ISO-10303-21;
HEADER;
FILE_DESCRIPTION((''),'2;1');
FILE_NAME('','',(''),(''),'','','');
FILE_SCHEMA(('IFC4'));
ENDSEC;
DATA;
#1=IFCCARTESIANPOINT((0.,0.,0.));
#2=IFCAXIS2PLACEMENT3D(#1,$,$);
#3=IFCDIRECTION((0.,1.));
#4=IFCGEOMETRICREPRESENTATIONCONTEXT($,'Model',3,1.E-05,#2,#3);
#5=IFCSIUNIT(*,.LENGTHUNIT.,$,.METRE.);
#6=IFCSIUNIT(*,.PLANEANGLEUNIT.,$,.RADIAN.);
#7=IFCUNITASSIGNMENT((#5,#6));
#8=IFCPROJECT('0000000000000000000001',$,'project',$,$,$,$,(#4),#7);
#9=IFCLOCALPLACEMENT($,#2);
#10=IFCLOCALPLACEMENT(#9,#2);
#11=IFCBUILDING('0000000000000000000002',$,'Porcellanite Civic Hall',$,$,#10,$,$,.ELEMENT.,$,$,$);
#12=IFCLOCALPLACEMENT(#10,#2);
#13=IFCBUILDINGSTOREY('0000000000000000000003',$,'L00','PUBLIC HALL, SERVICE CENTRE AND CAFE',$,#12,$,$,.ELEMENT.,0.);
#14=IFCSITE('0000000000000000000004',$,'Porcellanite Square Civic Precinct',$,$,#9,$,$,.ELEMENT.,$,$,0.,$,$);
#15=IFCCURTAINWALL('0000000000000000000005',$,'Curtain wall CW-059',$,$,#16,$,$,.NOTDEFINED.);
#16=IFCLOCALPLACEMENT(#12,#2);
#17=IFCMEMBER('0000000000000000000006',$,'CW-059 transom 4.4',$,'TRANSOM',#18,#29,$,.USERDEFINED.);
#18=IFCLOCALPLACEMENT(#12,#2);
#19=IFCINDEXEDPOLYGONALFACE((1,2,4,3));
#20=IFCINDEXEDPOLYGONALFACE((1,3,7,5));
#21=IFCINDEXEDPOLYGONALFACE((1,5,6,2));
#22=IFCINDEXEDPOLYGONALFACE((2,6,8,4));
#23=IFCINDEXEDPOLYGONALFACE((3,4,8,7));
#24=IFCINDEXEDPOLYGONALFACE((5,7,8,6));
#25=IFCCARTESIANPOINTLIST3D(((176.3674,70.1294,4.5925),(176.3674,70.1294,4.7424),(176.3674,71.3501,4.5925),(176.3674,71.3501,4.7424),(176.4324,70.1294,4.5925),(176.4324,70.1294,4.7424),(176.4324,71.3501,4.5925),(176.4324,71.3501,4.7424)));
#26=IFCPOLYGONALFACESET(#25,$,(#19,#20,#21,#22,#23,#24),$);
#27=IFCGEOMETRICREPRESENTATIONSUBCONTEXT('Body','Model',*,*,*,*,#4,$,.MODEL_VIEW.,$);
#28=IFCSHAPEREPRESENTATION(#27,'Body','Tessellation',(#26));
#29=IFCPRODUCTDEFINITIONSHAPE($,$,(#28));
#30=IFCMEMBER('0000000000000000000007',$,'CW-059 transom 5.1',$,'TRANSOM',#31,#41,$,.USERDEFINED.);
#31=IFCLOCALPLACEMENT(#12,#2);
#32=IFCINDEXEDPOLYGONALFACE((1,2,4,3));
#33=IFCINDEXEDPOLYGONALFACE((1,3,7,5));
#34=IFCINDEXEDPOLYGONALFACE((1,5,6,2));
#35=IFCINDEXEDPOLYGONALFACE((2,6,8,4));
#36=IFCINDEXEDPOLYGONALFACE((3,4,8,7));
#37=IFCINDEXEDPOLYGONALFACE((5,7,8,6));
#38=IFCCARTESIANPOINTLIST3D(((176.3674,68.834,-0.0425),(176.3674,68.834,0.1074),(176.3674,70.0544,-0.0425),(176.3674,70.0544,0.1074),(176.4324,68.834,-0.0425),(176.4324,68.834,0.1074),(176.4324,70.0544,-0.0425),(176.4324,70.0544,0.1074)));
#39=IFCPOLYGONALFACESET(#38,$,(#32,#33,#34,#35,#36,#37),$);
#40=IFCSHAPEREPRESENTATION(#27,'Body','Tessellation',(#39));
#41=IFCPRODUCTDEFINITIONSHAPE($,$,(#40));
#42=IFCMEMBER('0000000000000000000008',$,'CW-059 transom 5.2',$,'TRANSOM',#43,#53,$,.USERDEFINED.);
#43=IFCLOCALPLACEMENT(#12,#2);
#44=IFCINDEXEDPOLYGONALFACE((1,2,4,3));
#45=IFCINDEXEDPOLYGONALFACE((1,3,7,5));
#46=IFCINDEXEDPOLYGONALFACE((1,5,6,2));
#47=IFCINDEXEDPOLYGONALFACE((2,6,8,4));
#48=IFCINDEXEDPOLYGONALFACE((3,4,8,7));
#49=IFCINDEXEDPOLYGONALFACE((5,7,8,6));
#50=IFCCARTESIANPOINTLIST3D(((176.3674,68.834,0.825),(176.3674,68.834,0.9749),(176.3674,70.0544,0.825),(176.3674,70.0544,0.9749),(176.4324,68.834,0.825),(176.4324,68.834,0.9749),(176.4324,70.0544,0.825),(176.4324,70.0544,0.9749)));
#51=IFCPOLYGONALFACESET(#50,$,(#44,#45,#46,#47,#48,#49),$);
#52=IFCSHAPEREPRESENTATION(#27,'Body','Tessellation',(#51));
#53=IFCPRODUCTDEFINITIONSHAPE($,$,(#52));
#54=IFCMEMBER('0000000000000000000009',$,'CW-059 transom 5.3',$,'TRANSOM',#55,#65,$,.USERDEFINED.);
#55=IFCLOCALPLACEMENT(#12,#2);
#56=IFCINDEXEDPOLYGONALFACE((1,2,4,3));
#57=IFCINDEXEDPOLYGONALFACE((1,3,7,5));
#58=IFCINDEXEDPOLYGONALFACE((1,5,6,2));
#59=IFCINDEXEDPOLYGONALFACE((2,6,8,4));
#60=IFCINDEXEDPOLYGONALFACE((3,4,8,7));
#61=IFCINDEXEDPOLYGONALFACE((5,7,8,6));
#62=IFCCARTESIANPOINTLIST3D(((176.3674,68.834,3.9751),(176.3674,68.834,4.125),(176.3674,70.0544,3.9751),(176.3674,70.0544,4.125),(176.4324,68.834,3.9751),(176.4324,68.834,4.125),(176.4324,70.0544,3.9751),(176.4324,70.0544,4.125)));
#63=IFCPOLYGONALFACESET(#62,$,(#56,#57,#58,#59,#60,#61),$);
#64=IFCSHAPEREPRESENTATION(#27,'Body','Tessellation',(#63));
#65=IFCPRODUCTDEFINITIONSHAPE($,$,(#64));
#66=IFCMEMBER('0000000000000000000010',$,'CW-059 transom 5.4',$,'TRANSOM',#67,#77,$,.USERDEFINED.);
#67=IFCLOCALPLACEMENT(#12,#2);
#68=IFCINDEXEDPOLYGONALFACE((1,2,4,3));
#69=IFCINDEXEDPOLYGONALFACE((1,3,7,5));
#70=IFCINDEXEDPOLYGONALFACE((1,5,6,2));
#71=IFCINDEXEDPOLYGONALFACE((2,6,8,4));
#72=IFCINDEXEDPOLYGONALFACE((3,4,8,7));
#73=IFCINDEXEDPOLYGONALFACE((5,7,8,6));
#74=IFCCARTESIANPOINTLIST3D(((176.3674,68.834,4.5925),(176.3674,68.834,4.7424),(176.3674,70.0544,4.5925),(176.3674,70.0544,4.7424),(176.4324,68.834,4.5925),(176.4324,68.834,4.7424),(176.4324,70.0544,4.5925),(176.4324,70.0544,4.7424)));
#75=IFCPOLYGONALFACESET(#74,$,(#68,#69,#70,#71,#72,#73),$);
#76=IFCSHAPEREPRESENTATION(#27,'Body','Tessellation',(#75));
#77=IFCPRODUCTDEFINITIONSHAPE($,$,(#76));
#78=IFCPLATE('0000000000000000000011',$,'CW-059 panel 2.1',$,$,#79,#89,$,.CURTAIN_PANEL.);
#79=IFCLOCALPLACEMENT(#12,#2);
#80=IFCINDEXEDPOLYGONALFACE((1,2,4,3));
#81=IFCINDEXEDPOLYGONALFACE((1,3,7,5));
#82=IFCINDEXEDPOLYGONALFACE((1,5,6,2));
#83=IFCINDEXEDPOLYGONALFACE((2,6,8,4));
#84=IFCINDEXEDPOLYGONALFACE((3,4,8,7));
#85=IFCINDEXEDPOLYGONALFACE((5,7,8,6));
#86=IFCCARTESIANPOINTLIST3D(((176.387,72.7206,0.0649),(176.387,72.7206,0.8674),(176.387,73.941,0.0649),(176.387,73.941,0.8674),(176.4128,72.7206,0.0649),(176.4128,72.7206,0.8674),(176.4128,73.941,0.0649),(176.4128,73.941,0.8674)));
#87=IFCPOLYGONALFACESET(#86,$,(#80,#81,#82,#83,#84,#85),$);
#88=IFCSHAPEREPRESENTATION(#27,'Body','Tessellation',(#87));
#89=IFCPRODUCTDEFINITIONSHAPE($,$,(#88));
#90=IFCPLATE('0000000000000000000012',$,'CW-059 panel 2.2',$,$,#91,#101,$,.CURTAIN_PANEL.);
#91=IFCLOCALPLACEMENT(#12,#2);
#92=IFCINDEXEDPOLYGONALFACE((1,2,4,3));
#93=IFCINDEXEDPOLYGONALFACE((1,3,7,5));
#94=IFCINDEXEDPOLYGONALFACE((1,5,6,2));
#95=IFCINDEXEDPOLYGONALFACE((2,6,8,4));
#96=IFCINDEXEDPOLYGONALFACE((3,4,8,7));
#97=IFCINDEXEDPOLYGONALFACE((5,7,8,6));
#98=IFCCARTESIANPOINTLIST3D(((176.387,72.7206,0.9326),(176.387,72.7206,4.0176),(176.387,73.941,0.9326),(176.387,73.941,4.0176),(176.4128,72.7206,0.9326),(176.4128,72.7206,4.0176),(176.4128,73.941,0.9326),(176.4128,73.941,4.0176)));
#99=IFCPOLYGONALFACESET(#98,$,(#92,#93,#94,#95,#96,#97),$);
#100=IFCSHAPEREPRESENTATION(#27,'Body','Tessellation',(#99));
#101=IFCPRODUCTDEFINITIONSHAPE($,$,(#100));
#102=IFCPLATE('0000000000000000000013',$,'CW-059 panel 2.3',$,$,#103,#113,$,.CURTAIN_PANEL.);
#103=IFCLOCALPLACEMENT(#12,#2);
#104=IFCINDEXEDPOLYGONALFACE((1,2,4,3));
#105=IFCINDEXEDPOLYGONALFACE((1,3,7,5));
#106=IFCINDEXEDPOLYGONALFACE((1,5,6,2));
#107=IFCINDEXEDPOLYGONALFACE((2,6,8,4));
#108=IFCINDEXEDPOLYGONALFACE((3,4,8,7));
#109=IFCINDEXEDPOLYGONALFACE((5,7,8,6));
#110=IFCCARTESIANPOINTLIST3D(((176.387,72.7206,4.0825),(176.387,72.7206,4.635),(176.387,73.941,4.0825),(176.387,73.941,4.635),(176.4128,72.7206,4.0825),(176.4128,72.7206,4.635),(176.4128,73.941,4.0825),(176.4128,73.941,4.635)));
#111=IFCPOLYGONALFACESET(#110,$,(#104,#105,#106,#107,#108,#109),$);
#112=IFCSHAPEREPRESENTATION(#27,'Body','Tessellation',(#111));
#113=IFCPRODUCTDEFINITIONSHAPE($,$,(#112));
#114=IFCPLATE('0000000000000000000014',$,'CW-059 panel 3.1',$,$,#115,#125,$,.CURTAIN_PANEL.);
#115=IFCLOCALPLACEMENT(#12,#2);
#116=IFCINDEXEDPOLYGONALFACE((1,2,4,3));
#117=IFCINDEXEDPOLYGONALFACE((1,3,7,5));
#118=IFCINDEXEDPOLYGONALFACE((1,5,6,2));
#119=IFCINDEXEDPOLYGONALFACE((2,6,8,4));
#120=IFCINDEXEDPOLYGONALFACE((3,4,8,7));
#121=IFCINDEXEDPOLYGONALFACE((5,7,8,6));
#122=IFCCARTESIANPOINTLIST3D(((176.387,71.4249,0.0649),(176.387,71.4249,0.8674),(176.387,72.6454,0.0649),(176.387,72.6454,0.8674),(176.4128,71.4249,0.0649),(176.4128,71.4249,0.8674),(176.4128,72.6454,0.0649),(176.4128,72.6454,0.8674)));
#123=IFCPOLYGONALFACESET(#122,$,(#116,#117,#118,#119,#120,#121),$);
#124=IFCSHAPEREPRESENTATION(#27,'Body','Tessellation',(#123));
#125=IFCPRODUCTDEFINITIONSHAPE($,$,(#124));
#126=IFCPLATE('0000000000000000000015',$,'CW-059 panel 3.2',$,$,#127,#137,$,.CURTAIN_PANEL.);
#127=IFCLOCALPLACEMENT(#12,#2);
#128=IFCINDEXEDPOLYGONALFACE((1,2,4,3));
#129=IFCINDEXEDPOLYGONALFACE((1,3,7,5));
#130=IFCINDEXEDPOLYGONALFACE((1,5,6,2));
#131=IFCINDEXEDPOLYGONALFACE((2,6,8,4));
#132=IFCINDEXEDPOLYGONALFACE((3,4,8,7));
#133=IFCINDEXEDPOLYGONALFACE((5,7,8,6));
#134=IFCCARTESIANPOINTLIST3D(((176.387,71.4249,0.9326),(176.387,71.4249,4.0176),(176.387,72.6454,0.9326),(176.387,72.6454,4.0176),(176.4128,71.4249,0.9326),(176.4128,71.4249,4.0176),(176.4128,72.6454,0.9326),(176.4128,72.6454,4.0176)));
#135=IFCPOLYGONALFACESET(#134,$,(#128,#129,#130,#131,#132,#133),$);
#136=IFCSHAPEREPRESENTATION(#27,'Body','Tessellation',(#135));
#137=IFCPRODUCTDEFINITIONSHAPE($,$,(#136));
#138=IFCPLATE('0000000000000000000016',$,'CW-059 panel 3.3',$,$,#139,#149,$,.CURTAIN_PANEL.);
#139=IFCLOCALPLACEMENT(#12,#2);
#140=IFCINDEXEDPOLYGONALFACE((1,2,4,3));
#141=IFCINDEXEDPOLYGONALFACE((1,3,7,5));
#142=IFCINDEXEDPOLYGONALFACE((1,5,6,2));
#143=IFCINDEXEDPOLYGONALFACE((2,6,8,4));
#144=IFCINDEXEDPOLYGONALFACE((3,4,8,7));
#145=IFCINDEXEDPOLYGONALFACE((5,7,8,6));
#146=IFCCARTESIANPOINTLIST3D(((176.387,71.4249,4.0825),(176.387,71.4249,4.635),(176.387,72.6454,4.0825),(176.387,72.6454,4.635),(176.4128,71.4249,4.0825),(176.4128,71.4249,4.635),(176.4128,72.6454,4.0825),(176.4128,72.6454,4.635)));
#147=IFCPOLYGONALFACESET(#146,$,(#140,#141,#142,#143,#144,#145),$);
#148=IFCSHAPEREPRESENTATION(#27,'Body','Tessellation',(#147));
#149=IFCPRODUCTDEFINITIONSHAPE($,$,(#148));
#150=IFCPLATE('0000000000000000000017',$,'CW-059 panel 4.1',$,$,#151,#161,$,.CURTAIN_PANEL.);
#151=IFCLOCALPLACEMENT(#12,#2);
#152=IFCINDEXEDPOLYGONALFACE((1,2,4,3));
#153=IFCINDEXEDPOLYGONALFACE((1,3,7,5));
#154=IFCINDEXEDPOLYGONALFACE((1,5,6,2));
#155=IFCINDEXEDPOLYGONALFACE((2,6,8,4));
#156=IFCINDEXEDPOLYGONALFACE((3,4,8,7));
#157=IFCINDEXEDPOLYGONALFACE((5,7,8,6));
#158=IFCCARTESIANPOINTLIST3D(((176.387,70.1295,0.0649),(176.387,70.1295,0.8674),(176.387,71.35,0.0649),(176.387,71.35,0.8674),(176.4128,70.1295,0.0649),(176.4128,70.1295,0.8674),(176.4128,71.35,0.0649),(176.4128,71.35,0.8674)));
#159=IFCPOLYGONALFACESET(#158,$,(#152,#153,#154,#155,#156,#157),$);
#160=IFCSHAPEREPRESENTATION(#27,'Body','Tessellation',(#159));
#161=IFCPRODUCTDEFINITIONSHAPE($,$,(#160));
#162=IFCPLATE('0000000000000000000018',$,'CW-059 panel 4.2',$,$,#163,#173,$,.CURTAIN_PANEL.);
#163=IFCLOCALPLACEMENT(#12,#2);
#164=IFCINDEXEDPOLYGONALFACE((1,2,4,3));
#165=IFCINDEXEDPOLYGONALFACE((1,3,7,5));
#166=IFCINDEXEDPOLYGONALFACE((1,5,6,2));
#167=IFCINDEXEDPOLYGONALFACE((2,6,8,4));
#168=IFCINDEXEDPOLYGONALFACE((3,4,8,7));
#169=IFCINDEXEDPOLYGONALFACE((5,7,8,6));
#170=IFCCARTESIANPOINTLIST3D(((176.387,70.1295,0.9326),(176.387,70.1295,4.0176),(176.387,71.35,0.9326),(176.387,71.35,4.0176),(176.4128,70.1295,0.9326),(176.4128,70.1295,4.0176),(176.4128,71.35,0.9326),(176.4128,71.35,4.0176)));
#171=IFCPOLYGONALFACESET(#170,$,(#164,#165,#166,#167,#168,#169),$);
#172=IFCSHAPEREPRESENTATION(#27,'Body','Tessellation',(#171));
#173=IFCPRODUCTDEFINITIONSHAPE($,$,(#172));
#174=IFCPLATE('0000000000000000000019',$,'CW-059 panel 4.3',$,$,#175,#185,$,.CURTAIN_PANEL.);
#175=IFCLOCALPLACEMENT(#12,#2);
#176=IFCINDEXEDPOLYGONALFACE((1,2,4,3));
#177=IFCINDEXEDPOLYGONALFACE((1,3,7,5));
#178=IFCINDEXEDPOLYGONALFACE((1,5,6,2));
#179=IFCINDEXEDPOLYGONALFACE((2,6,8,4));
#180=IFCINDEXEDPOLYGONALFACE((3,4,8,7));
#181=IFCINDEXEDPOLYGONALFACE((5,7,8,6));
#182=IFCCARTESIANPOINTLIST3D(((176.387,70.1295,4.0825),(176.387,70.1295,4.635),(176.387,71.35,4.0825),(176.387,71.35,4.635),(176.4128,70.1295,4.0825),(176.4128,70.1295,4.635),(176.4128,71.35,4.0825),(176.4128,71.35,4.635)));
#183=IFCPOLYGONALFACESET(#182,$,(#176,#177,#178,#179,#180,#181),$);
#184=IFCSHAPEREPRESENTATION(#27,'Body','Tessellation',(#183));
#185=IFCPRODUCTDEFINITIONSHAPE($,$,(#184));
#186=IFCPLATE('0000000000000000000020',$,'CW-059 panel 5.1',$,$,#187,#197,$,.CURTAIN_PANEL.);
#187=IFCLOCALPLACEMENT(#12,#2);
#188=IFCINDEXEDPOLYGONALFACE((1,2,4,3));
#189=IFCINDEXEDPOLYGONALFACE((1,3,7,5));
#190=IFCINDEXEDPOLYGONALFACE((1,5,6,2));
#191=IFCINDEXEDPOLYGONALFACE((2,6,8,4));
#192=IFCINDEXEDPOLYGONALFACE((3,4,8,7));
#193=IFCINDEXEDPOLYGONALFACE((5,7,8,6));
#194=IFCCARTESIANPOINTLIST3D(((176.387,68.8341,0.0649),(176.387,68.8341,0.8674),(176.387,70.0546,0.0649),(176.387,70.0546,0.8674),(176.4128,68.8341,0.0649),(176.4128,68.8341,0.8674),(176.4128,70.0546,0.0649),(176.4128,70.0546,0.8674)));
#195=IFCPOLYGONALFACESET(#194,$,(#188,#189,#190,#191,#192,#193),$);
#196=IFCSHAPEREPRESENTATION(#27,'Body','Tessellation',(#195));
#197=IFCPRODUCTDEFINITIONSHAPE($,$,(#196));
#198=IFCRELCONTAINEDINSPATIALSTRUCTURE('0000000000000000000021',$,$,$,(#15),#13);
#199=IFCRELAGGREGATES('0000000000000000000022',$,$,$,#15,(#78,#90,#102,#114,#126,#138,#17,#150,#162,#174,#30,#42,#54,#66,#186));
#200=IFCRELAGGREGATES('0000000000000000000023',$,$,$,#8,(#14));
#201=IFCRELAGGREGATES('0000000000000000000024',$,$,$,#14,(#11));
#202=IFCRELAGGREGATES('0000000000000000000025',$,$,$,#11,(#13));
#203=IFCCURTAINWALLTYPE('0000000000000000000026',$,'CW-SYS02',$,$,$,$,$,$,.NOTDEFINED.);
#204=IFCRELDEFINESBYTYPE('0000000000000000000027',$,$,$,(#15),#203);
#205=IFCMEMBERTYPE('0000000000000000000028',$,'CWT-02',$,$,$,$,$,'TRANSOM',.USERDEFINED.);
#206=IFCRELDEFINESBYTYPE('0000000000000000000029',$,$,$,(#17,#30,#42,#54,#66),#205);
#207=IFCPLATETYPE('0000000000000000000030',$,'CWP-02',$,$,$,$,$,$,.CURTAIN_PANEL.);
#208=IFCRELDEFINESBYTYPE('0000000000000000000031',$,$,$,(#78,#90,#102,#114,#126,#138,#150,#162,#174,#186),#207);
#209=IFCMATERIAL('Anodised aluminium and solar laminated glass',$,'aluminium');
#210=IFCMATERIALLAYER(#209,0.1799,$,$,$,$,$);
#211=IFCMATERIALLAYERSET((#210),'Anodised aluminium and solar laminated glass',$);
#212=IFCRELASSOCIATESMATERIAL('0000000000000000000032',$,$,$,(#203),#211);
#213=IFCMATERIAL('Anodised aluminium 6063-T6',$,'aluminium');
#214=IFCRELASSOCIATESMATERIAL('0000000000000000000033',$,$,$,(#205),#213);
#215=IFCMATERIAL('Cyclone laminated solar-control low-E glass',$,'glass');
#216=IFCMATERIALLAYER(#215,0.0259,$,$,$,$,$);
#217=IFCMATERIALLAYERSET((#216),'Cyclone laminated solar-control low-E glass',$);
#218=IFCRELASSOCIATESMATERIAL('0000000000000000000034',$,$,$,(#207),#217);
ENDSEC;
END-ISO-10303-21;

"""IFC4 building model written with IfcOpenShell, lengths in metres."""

from ifc_helpers import new_model, si_unit, direction, frame, origin, origin_2d, place, context, subcontext, project, spatial, rectangle, extrude, material, layer, layer_set, material_profile, profile_set, type_object, element, aggregate, save


model = new_model("IFC4")

# Units and contexts
model_context = context("Model", 3, precision=1e-05, world=origin(), true_north=direction((0.0, 1.0)))
body_context = subcontext(model_context, "Body", "Model", "MODEL_VIEW")
ifc_project = project(units=[si_unit("LENGTHUNIT", "METRE"), si_unit("PLANEANGLEUNIT", "RADIAN")], contexts=[model_context])

# Site, building, storey
site_placement = place(None, origin())
site = spatial("IfcSite", under=ifc_project, at=site_placement, Name="Porcellanite Square Civic Precinct", CompositionType="ELEMENT", RefElevation=0.0)
building_placement = place(site_placement, origin())
building = spatial("IfcBuilding", under=site, at=building_placement, Name="Porcellanite Civic Hall", CompositionType="ELEMENT")
storey_placement = place(building_placement, origin())
storey = spatial("IfcBuildingStorey", under=building, at=storey_placement, Name="L00", Description="PUBLIC HALL, SERVICE CENTRE AND CAFE", CompositionType="ELEMENT", Elevation=0.0)

# Curtain wall, members, plates
ifc_material_1 = material(Name="Anodised aluminium and solar laminated glass", Category="aluminium")
ifc_layer_1 = layer(ifc_material_1, 0.1799)
ifc_layer_set_1 = layer_set([ifc_layer_1], Name="Anodised aluminium and solar laminated glass")
curtain_wall_type = type_object("IfcCurtainWallType", Name="CW-SYS02", PredefinedType="NOTDEFINED", material=ifc_layer_set_1)
curtain_wall_placement = place(storey_placement, origin())
curtain_wall = element("IfcCurtainWall", 1, at=curtain_wall_placement, inside=storey, type_object=curtain_wall_type, Name="Curtain wall CW-059", PredefinedType="NOTDEFINED")
ifc_material_2 = material(Name="Anodised aluminium 6063-T6", Category="aluminium")
ifc_material_profile_1 = material_profile(ifc_material_2, rectangle(XDim=0.0649, YDim=0.1499, at=origin_2d()), Name="AL-65x150")
ifc_profile_set_1 = profile_set([ifc_material_profile_1], Name="Anodised aluminium 6063-T6")
member_type_1 = type_object("IfcMemberType", Name="CWT-02", ElementType="TRANSOM", PredefinedType="USERDEFINED", material=ifc_profile_set_1)
member_1_placement = place(storey_placement, frame((176.3999, 71.3501, 4.6675), z_axis=(0.0, -1.0, 0.0), x_axis=(1.0, 0.0, 0.0)))
member_1 = element("IfcMember", 2, at=member_1_placement, type_object=member_type_1, Name="CW-059 transom 4.4", ObjectType="TRANSOM", PredefinedType="USERDEFINED", context=body_context, shape_type="SweptSolid", body=[
    extrude(rectangle(XDim=0.0649, YDim=0.1499, at=origin_2d()), origin(), (0.0, 0.0, 1.0), 1.2207),
])
member_2_placement = place(storey_placement, frame((176.3999, 70.0544, 0.0325), z_axis=(0.0, -1.0, 0.0), x_axis=(1.0, 0.0, 0.0)))
member_2 = element("IfcMember", 3, at=member_2_placement, type_object=member_type_1, Name="CW-059 transom 5.1", ObjectType="TRANSOM", PredefinedType="USERDEFINED", context=body_context, shape_type="SweptSolid", body=[
    extrude(rectangle(XDim=0.0649, YDim=0.1499, at=origin_2d()), origin(), (0.0, 0.0, 1.0), 1.2205),
])
member_3_placement = place(storey_placement, frame((176.3999, 70.0544, 0.8999), z_axis=(0.0, -1.0, 0.0), x_axis=(1.0, 0.0, 0.0)))
member_3 = element("IfcMember", 4, at=member_3_placement, type_object=member_type_1, Name="CW-059 transom 5.2", ObjectType="TRANSOM", PredefinedType="USERDEFINED", context=body_context, shape_type="SweptSolid", body=[
    extrude(rectangle(XDim=0.0649, YDim=0.1499, at=origin_2d()), origin(), (0.0, 0.0, 1.0), 1.2205),
])
member_4_placement = place(storey_placement, frame((176.3999, 70.0544, 4.05), z_axis=(0.0, -1.0, 0.0), x_axis=(1.0, 0.0, 0.0)))
member_4 = element("IfcMember", 5, at=member_4_placement, type_object=member_type_1, Name="CW-059 transom 5.3", ObjectType="TRANSOM", PredefinedType="USERDEFINED", context=body_context, shape_type="SweptSolid", body=[
    extrude(rectangle(XDim=0.0649, YDim=0.1499, at=origin_2d()), origin(), (0.0, 0.0, 1.0), 1.2205),
])
member_5_placement = place(storey_placement, frame((176.3999, 70.0544, 4.6675), z_axis=(0.0, -1.0, 0.0), x_axis=(1.0, 0.0, 0.0)))
member_5 = element("IfcMember", 6, at=member_5_placement, type_object=member_type_1, Name="CW-059 transom 5.4", ObjectType="TRANSOM", PredefinedType="USERDEFINED", context=body_context, shape_type="SweptSolid", body=[
    extrude(rectangle(XDim=0.0649, YDim=0.1499, at=origin_2d()), origin(), (0.0, 0.0, 1.0), 1.2205),
])
ifc_material_3 = material(Name="Cyclone laminated solar-control low-E glass", Category="glass")
ifc_layer_2 = layer(ifc_material_3, 0.0259)
ifc_layer_set_2 = layer_set([ifc_layer_2], Name="Cyclone laminated solar-control low-E glass")
plate_type = type_object("IfcPlateType", Name="CWP-02", PredefinedType="CURTAIN_PANEL", material=ifc_layer_set_2)
plate_1_placement = place(storey_placement, frame((176.3999, 73.3308, 0.0649), z_axis=(0.0, 0.0, 1.0), x_axis=(0.0, -1.0, 0.0)))
plate_1 = element("IfcPlate", 7, at=plate_1_placement, type_object=plate_type, Name="CW-059 panel 2.1", PredefinedType="CURTAIN_PANEL", context=body_context, shape_type="SweptSolid", body=[
    extrude(rectangle(XDim=1.2205, YDim=0.0259, at=origin_2d()), origin(), (0.0, 0.0, 1.0), 0.8025),
])
plate_2_placement = place(storey_placement, frame((176.3999, 73.3308, 0.9326), z_axis=(0.0, 0.0, 1.0), x_axis=(0.0, -1.0, 0.0)))
plate_2 = element("IfcPlate", 8, at=plate_2_placement, type_object=plate_type, Name="CW-059 panel 2.2", PredefinedType="CURTAIN_PANEL", context=body_context, shape_type="SweptSolid", body=[
    extrude(rectangle(XDim=1.2205, YDim=0.0259, at=origin_2d()), origin(), (0.0, 0.0, 1.0), 3.085),
])
plate_3_placement = place(storey_placement, frame((176.3999, 73.3308, 4.0825), z_axis=(0.0, 0.0, 1.0), x_axis=(0.0, -1.0, 0.0)))
plate_3 = element("IfcPlate", 9, at=plate_3_placement, type_object=plate_type, Name="CW-059 panel 2.3", PredefinedType="CURTAIN_PANEL", context=body_context, shape_type="SweptSolid", body=[
    extrude(rectangle(XDim=1.2205, YDim=0.0259, at=origin_2d()), origin(), (0.0, 0.0, 1.0), 0.5525),
])
plate_4_placement = place(storey_placement, frame((176.3999, 72.0352, 0.0649), z_axis=(0.0, 0.0, 1.0), x_axis=(0.0, -1.0, 0.0)))
plate_4 = element("IfcPlate", 10, at=plate_4_placement, type_object=plate_type, Name="CW-059 panel 3.1", PredefinedType="CURTAIN_PANEL", context=body_context, shape_type="SweptSolid", body=[
    extrude(rectangle(XDim=1.2205, YDim=0.0259, at=origin_2d()), origin(), (0.0, 0.0, 1.0), 0.8025),
])
plate_5_placement = place(storey_placement, frame((176.3999, 72.0352, 0.9326), z_axis=(0.0, 0.0, 1.0), x_axis=(0.0, -1.0, 0.0)))
plate_5 = element("IfcPlate", 11, at=plate_5_placement, type_object=plate_type, Name="CW-059 panel 3.2", PredefinedType="CURTAIN_PANEL", context=body_context, shape_type="SweptSolid", body=[
    extrude(rectangle(XDim=1.2205, YDim=0.0259, at=origin_2d()), origin(), (0.0, 0.0, 1.0), 3.085),
])
plate_6_placement = place(storey_placement, frame((176.3999, 72.0352, 4.0825), z_axis=(0.0, 0.0, 1.0), x_axis=(0.0, -1.0, 0.0)))
plate_6 = element("IfcPlate", 12, at=plate_6_placement, type_object=plate_type, Name="CW-059 panel 3.3", PredefinedType="CURTAIN_PANEL", context=body_context, shape_type="SweptSolid", body=[
    extrude(rectangle(XDim=1.2205, YDim=0.0259, at=origin_2d()), origin(), (0.0, 0.0, 1.0), 0.5525),
])
plate_7_placement = place(storey_placement, frame((176.3999, 70.7397, 0.0649), z_axis=(0.0, 0.0, 1.0), x_axis=(0.0, -1.0, 0.0)))
plate_7 = element("IfcPlate", 13, at=plate_7_placement, type_object=plate_type, Name="CW-059 panel 4.1", PredefinedType="CURTAIN_PANEL", context=body_context, shape_type="SweptSolid", body=[
    extrude(rectangle(XDim=1.2205, YDim=0.0259, at=origin_2d()), origin(), (0.0, 0.0, 1.0), 0.8025),
])
plate_8_placement = place(storey_placement, frame((176.3999, 70.7397, 0.9326), z_axis=(0.0, 0.0, 1.0), x_axis=(0.0, -1.0, 0.0)))
plate_8 = element("IfcPlate", 14, at=plate_8_placement, type_object=plate_type, Name="CW-059 panel 4.2", PredefinedType="CURTAIN_PANEL", context=body_context, shape_type="SweptSolid", body=[
    extrude(rectangle(XDim=1.2205, YDim=0.0259, at=origin_2d()), origin(), (0.0, 0.0, 1.0), 3.085),
])
plate_9_placement = place(storey_placement, frame((176.3999, 70.7397, 4.0825), z_axis=(0.0, 0.0, 1.0), x_axis=(0.0, -1.0, 0.0)))
plate_9 = element("IfcPlate", 15, at=plate_9_placement, type_object=plate_type, Name="CW-059 panel 4.3", PredefinedType="CURTAIN_PANEL", context=body_context, shape_type="SweptSolid", body=[
    extrude(rectangle(XDim=1.2205, YDim=0.0259, at=origin_2d()), origin(), (0.0, 0.0, 1.0), 0.5525),
])
plate_10_placement = place(storey_placement, frame((176.3999, 69.4443, 0.0649), z_axis=(0.0, 0.0, 1.0), x_axis=(0.0, -1.0, 0.0)))
plate_10 = element("IfcPlate", 16, at=plate_10_placement, type_object=plate_type, Name="CW-059 panel 5.1", PredefinedType="CURTAIN_PANEL", context=body_context, shape_type="SweptSolid", body=[
    extrude(rectangle(XDim=1.2205, YDim=0.0259, at=origin_2d()), origin(), (0.0, 0.0, 1.0), 0.8025),
])
aggregate(curtain_wall, [plate_1, plate_2, plate_3, plate_4, plate_5, plate_6, member_1, plate_7, plate_8, plate_9, member_2, member_3, member_4, member_5, plate_10])

save(model, "model.ifc")
